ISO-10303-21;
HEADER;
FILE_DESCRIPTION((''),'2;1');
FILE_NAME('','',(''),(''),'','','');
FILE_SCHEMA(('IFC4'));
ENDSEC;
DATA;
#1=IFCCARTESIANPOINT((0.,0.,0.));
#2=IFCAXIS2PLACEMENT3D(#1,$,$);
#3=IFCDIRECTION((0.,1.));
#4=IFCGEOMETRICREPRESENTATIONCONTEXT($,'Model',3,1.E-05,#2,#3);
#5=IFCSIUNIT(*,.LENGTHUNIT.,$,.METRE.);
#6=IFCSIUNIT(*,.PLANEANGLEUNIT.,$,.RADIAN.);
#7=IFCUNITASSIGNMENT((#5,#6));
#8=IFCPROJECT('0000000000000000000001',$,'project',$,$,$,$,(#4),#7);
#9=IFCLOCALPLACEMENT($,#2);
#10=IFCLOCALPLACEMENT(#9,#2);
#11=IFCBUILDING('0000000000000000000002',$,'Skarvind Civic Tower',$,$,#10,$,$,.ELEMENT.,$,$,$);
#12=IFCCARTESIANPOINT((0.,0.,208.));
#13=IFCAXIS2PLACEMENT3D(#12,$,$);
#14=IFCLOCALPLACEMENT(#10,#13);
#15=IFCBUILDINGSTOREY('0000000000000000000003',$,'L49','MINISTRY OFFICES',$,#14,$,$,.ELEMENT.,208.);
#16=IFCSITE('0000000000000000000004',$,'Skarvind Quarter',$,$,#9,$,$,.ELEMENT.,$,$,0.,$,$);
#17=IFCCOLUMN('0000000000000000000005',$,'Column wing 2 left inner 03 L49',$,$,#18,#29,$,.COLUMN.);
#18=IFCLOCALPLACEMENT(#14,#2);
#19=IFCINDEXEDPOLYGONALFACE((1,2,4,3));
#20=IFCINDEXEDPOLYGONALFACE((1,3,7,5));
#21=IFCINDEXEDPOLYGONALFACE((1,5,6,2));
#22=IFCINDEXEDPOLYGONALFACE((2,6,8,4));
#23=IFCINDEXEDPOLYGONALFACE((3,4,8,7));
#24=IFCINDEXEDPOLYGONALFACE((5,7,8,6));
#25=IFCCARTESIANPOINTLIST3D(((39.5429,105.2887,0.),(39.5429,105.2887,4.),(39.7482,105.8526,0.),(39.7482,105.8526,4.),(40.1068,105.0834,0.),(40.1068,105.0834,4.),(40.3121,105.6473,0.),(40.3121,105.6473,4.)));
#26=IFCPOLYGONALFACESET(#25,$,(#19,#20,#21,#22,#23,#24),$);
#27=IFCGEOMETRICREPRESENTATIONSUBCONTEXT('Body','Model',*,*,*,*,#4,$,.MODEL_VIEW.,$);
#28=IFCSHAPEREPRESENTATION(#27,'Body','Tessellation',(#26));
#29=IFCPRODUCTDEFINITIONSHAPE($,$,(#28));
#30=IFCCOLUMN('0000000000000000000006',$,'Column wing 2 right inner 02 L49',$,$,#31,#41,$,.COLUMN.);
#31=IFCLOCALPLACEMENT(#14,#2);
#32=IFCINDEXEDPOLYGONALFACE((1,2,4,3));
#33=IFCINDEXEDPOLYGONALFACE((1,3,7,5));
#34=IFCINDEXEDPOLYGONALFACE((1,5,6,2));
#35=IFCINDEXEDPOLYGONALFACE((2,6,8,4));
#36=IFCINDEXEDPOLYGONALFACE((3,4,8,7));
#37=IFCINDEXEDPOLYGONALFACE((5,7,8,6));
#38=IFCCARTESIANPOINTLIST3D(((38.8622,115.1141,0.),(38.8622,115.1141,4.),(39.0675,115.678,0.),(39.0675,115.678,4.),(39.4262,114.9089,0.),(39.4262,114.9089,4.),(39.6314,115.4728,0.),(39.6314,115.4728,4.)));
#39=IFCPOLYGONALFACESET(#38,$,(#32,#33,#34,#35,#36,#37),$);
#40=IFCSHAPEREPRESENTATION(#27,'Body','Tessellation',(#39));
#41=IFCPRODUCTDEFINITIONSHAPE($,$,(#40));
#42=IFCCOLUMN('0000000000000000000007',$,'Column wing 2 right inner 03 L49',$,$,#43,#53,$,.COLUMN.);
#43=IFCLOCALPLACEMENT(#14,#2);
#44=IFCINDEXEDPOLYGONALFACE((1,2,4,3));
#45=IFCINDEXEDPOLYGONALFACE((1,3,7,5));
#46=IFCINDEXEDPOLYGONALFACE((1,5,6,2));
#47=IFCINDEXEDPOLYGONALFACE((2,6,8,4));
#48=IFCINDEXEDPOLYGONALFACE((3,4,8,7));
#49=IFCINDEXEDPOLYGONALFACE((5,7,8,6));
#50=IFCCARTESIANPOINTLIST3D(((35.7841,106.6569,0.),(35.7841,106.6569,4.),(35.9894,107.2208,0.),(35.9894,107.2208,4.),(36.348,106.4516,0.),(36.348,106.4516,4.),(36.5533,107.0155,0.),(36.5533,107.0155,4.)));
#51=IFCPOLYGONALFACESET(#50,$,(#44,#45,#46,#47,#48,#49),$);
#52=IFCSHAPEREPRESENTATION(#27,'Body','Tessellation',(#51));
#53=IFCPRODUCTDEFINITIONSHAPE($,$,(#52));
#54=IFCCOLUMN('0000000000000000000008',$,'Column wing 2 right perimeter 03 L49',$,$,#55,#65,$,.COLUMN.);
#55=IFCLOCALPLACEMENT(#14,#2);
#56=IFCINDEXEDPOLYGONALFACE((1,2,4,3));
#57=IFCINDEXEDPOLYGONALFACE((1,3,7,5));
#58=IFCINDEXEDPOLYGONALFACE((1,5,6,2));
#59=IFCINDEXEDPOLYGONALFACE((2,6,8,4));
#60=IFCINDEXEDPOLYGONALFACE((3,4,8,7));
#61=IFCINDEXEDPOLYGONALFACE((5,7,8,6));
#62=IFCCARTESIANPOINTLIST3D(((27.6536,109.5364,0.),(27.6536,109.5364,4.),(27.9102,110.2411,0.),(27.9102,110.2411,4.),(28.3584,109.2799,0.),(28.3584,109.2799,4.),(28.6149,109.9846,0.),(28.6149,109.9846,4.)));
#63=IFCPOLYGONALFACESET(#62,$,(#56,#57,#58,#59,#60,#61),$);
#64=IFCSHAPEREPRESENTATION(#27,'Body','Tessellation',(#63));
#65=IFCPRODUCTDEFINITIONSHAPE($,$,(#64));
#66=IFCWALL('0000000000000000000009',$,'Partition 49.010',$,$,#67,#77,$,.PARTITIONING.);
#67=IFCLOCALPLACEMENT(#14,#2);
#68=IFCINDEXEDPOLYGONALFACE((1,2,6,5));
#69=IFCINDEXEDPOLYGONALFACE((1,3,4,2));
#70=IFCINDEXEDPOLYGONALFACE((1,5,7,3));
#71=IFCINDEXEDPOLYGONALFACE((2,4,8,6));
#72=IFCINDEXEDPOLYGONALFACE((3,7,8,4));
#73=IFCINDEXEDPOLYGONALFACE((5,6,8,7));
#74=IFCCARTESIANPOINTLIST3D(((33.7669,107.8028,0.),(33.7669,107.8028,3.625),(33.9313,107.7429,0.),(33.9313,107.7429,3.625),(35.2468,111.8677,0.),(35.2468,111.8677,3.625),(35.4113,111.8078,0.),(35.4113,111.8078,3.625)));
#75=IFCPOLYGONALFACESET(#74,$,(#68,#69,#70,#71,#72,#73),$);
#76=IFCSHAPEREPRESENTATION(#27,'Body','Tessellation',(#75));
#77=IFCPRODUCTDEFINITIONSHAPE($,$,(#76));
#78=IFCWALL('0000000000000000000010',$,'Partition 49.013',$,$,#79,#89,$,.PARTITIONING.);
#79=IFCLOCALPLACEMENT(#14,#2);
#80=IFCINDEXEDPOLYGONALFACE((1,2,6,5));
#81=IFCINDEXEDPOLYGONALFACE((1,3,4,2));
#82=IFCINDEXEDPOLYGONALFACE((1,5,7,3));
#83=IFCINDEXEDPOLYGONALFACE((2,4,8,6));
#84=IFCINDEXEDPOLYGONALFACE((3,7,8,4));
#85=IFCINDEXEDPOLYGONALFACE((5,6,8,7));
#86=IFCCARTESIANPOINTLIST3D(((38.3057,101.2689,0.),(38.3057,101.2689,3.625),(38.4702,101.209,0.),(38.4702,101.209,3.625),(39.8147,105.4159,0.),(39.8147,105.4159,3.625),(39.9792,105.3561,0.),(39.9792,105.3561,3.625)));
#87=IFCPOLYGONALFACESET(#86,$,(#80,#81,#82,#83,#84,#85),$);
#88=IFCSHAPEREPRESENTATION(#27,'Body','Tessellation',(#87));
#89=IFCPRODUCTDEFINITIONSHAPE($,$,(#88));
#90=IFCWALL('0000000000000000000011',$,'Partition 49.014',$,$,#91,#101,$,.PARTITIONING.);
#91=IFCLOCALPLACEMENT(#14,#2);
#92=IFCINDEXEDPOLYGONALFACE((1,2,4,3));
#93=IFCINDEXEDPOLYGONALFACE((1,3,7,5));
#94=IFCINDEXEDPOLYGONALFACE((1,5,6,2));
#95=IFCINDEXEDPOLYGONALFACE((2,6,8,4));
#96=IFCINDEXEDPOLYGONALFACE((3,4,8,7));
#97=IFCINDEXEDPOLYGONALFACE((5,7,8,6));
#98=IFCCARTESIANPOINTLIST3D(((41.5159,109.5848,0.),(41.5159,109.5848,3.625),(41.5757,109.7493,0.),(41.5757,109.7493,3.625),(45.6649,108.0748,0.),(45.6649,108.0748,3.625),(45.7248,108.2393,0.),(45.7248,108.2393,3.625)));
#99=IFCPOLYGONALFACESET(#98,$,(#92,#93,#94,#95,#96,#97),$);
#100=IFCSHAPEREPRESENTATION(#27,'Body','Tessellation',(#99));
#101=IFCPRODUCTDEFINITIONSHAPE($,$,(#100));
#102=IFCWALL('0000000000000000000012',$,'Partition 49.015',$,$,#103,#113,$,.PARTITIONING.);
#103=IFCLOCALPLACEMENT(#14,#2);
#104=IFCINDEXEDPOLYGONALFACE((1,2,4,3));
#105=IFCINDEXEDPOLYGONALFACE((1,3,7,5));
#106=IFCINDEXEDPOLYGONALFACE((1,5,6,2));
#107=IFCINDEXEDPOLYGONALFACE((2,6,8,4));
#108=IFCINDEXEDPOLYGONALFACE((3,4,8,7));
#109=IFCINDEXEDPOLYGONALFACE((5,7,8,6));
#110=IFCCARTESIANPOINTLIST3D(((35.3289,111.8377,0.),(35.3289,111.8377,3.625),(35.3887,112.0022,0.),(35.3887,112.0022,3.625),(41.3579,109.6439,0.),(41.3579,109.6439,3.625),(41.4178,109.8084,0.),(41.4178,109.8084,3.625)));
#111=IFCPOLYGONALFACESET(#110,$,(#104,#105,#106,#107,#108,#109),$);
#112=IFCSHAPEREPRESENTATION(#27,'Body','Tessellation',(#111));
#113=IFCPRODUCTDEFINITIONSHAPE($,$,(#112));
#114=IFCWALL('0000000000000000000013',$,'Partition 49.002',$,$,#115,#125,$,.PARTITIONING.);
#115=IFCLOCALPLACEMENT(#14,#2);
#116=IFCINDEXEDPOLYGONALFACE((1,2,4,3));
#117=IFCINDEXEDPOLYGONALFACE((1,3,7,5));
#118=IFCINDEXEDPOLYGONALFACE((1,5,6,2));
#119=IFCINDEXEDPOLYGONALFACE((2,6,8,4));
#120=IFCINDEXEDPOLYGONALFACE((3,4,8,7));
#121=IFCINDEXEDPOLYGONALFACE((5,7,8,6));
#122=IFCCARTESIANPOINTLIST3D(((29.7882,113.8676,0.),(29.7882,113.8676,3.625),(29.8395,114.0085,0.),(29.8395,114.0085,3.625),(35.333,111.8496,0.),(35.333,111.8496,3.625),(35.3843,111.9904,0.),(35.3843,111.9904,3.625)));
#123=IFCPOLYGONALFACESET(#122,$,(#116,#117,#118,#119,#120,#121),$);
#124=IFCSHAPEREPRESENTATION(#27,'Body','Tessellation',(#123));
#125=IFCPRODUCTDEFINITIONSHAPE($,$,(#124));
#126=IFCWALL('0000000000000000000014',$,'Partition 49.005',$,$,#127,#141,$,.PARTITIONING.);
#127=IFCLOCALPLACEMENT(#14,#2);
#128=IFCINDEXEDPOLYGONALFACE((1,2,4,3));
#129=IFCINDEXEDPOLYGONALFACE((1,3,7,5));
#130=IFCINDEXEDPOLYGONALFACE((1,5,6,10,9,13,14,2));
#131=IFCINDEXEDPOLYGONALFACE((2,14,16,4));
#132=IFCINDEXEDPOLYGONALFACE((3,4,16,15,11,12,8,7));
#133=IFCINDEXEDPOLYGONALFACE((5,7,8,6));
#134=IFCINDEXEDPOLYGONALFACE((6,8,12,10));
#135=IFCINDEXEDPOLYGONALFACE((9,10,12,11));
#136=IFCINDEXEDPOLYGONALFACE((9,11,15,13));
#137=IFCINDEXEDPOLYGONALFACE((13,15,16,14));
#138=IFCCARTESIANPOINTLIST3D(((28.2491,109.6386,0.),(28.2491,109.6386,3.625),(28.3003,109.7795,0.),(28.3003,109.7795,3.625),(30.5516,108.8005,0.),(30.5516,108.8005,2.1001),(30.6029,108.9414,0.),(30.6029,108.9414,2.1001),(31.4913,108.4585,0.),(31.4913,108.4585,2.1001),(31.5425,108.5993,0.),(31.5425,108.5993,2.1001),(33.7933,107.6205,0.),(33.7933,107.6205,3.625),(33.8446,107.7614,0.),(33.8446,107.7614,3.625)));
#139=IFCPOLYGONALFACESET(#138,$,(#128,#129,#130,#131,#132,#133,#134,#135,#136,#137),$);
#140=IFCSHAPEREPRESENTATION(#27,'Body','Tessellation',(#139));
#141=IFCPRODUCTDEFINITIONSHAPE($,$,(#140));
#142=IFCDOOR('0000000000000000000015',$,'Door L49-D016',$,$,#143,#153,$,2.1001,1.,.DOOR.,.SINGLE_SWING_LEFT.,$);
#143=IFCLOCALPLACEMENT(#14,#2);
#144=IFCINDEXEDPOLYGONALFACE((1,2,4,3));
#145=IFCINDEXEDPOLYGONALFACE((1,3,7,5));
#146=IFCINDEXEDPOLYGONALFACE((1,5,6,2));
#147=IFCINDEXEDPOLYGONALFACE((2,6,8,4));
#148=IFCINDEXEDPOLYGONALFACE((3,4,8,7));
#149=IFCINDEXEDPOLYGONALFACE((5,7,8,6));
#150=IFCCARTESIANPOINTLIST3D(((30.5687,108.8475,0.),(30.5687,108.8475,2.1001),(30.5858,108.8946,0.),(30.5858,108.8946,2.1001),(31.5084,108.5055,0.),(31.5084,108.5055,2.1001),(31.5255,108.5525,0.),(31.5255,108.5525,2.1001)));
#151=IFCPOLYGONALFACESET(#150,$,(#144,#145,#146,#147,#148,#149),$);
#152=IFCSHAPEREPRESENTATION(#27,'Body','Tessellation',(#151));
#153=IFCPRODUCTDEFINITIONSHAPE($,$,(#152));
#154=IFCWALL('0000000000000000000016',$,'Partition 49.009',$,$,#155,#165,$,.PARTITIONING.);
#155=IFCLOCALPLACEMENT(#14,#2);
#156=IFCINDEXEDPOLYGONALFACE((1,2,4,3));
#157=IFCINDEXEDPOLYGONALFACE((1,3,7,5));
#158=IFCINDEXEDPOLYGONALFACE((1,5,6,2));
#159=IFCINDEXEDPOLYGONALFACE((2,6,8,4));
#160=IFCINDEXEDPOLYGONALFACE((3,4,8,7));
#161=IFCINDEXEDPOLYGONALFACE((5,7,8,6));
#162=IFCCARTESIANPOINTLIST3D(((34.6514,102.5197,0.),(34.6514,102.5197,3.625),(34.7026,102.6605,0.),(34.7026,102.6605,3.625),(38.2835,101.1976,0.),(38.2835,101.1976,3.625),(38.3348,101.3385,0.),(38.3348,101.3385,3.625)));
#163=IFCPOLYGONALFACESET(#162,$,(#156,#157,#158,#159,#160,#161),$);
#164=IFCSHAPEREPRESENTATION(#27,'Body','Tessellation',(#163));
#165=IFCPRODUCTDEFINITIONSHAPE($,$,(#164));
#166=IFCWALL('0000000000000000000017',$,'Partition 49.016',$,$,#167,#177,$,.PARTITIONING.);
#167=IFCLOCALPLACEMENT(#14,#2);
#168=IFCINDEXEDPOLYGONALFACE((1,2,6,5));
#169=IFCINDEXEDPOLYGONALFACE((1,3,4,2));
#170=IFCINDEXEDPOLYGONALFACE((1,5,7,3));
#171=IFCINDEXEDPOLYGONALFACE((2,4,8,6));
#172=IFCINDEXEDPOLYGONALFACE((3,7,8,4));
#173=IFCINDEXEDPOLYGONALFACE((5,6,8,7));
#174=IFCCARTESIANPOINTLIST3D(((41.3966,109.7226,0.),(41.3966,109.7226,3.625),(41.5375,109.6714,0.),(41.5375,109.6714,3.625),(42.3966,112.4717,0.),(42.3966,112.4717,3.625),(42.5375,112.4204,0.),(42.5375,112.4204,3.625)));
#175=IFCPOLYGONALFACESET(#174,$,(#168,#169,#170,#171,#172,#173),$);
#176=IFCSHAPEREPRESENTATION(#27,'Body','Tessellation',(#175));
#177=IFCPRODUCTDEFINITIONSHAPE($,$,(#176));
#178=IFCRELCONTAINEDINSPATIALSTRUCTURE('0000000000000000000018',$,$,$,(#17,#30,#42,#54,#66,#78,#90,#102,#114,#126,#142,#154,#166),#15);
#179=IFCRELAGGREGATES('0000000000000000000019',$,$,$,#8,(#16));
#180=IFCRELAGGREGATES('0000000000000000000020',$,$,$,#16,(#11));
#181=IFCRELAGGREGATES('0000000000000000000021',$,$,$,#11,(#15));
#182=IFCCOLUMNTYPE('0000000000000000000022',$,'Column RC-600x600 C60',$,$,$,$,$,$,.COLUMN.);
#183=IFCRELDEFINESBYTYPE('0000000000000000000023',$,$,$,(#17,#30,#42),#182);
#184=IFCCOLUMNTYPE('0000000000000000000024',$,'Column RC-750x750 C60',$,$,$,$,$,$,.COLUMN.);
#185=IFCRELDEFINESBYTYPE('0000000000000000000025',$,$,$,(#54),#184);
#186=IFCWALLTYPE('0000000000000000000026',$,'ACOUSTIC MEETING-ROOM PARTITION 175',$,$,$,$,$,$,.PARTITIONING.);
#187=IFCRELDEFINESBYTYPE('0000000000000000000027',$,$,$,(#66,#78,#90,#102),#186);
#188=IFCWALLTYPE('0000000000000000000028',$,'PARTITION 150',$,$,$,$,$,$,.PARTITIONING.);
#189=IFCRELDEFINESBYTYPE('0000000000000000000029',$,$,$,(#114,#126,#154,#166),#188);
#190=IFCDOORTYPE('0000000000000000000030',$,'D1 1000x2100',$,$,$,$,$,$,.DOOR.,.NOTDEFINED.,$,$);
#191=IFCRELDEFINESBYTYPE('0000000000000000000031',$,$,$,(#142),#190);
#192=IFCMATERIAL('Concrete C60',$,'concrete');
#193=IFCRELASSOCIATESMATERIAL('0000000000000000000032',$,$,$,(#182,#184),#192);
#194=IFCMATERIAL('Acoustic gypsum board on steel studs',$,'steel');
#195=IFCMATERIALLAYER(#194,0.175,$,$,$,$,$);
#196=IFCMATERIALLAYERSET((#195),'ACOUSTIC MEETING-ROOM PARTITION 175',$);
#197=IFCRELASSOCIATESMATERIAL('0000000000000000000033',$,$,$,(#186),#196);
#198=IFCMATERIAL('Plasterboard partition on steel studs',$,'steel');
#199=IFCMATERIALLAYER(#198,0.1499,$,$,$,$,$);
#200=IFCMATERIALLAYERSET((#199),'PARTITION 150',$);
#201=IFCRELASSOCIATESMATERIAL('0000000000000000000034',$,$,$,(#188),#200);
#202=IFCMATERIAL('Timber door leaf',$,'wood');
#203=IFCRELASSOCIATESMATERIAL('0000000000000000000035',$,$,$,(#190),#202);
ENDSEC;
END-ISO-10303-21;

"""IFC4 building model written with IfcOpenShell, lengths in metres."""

from ifc_helpers import new_model, si_unit, direction, frame, frame_2d, origin, origin_2d, place, context, subcontext, project, spatial, rectangle, extrude, material, layer, layer_set, material_profile, profile_set, type_object, element, fill, save


model = new_model("IFC4")

# Units and contexts
model_context = context("Model", 3, precision=1e-05, world=origin(), true_north=direction((0.0, 1.0)))
body_context = subcontext(model_context, "Body", "Model", "MODEL_VIEW")
ifc_project = project(units=[si_unit("LENGTHUNIT", "METRE"), si_unit("PLANEANGLEUNIT", "RADIAN")], contexts=[model_context])

# Site, building, storey
site_placement = place(None, origin())
site = spatial("IfcSite", under=ifc_project, at=site_placement, Name="Skarvind Quarter", CompositionType="ELEMENT", RefElevation=0.0)
building_placement = place(site_placement, origin())
building = spatial("IfcBuilding", under=site, at=building_placement, Name="Skarvind Civic Tower", CompositionType="ELEMENT")
storey_placement = place(building_placement, frame((0.0, 0.0, 208.0)))
storey = spatial("IfcBuildingStorey", under=building, at=storey_placement, Name="L49", Description="MINISTRY OFFICES", CompositionType="ELEMENT", Elevation=208.0)

# Columns
ifc_material_1 = material(Name="Concrete C60", Category="concrete")
ifc_material_profile_1 = material_profile(ifc_material_1, rectangle(XDim=0.6001, YDim=0.6001, at=origin_2d()), Name="RC-600x600")
ifc_profile_set_1 = profile_set([ifc_material_profile_1], Name="Concrete C60")
column_type_1 = type_object("IfcColumnType", Name="Column RC-600x600 C60", PredefinedType="COLUMN", material=ifc_profile_set_1)
for number, where, z_axis, x_axis, name in (
    (1, (39.9275, 105.468, 0.0), (0.0, 0.0, 1.0), (-0.34202, -0.939693, 0.0), "Column wing 2 left inner 03 L49"),
    (2, (39.2468, 115.2935, 0.0), (0.0, 0.0, 1.0), (-0.34202, -0.939693, 0.0), "Column wing 2 right inner 02 L49"),
    (3, (36.1687, 106.8362, 0.0), (0.0, 0.0, 1.0), (-0.34202, -0.939693, 0.0), "Column wing 2 right inner 03 L49"),
):
    element("IfcColumn", number, at=place(storey_placement, frame(where, z_axis=z_axis, x_axis=x_axis)), inside=storey, type_object=column_type_1, Name=name, PredefinedType="COLUMN", context=body_context, shape_type="SweptSolid", body=[
        extrude(rectangle(XDim=0.6001, YDim=0.6001, at=origin_2d()), origin(), (0.0, 0.0, 1.0), 4.0),
    ])
ifc_material_profile_2 = material_profile(ifc_material_1, rectangle(XDim=0.75, YDim=0.75, at=origin_2d()), Name="RC-750x750")
ifc_profile_set_2 = profile_set([ifc_material_profile_2], Name="Concrete C60")
column_type_2 = type_object("IfcColumnType", Name="Column RC-750x750 C60", PredefinedType="COLUMN", material=ifc_profile_set_2)
column_placement = place(storey_placement, frame((28.1343, 109.7605, 0.0), z_axis=(0.0, 0.0, 1.0), x_axis=(-0.34202, -0.939693, 0.0)))
element("IfcColumn", 4, at=column_placement, inside=storey, type_object=column_type_2, Name="Column wing 2 right perimeter 03 L49", PredefinedType="COLUMN", context=body_context, shape_type="SweptSolid", body=[
    extrude(rectangle(XDim=0.75, YDim=0.75, at=origin_2d()), origin(), (0.0, 0.0, 1.0), 4.0),
])

# Walls
ifc_material_2 = material(Name="Acoustic gypsum board on steel studs", Category="steel")
ifc_layer_1 = layer(ifc_material_2, 0.175)
ifc_layer_set_1 = layer_set([ifc_layer_1], Name="ACOUSTIC MEETING-ROOM PARTITION 175")
wall_type_1 = type_object("IfcWallType", Name="ACOUSTIC MEETING-ROOM PARTITION 175", PredefinedType="PARTITIONING", material=ifc_layer_set_1)
wall_1_placement = place(storey_placement, frame((35.3291, 111.8379, 0.0), z_axis=(0.0, 0.0, 1.0), x_axis=(-0.342115, -0.939658, 0.0)))
element("IfcWall", 5, at=wall_1_placement, inside=storey, type_object=wall_type_1, Name="Partition 49.010", PredefinedType="PARTITIONING", context=body_context, shape_type="SweptSolid", body=[
    extrude(rectangle(XDim=4.3259, YDim=0.175, at=frame_2d((2.1631, 0.0))), origin(), (0.0, 0.0, 1.0), 3.625),
])
wall_2_placement = place(storey_placement, frame((39.897, 105.386, 0.0), z_axis=(0.0, 0.0, 1.0), x_axis=(-0.341952, -0.939717, 0.0)))
element("IfcWall", 6, at=wall_2_placement, inside=storey, type_object=wall_type_1, Name="Partition 49.013", PredefinedType="PARTITIONING", context=body_context, shape_type="SweptSolid", body=[
    extrude(rectangle(XDim=4.4131, YDim=0.175, at=frame_2d((2.2065, 0.0))), origin(), (0.0, 0.0, 1.0), 3.625),
])
wall_3_placement = place(storey_placement, frame((41.5459, 109.667, 0.0), z_axis=(0.0, 0.0, 1.0), x_axis=(0.939705, -0.341987, 0.0)))
element("IfcWall", 7, at=wall_3_placement, inside=storey, type_object=wall_type_1, Name="Partition 49.014", PredefinedType="PARTITIONING", context=body_context, shape_type="SweptSolid", body=[
    extrude(rectangle(XDim=4.4153, YDim=0.175, at=frame_2d((2.2075, 0.0))), origin(), (0.0, 0.0, 1.0), 3.625),
])
wall_4_placement = place(storey_placement, frame((41.3879, 109.7261, 0.0), z_axis=(0.0, 0.0, 1.0), x_axis=(-0.93972, 0.341945, 0.0)))
element("IfcWall", 8, at=wall_4_placement, inside=storey, type_object=wall_type_1, Name="Partition 49.015", PredefinedType="PARTITIONING", context=body_context, shape_type="SweptSolid", body=[
    extrude(rectangle(XDim=6.4158, YDim=0.175, at=frame_2d((3.208, 0.0))), origin(), (0.0, 0.0, 1.0), 3.625),
])
ifc_material_3 = material(Name="Plasterboard partition on steel studs", Category="steel")
ifc_layer_2 = layer(ifc_material_3, 0.1499)
ifc_layer_set_2 = layer_set([ifc_layer_2], Name="PARTITION 150")
wall_type_2 = type_object("IfcWallType", Name="PARTITION 150", PredefinedType="PARTITIONING", material=ifc_layer_set_2)
wall_5_placement = place(storey_placement, frame((29.814, 113.938, 0.0), z_axis=(0.0, 0.0, 1.0), x_axis=(0.939699, -0.342002, 0.0)))
element("IfcWall", 9, at=wall_5_placement, inside=storey, type_object=wall_type_2, Name="Partition 49.002", PredefinedType="PARTITIONING", context=body_context, shape_type="SweptSolid", body=[
    extrude(rectangle(XDim=5.9006, YDim=0.1499, at=frame_2d((2.9502, 0.0))), origin(), (0.0, 0.0, 1.0), 3.625),
])

# Wall, opening, door
wall_6_placement = place(storey_placement, frame((33.8191, 107.6909, 0.0), z_axis=(0.0, 0.0, 1.0), x_axis=(-0.939685, 0.342042, 0.0)))
wall_6 = element("IfcWall", 10, at=wall_6_placement, inside=storey, type_object=wall_type_2, Name="Partition 49.005", PredefinedType="PARTITIONING", context=body_context, shape_type="SweptSolid", body=[
    extrude(rectangle(XDim=5.9001, YDim=0.1499, at=frame_2d((2.9502, 0.0))), origin(), (0.0, 0.0, 1.0), 3.625),
])
opening_placement = place(wall_6_placement, frame((2.45, 0.0, 0.0)))
opening = element("IfcOpeningElement", 11, at=opening_placement, cuts=wall_6, PredefinedType="OPENING", context=body_context, shape_type="SweptSolid", body=[
    extrude(rectangle(XDim=1.0, YDim=2.1001, at=frame_2d((0.5, 1.05))), frame((0.0, 0.085, 0.0), z_axis=(0.0, -1.0, 0.0), x_axis=(1.0, 0.0, 0.0)), (0.0, 0.0, 1.0), 0.1699),
])
ifc_material_4 = material(Name="Timber door leaf", Category="wood")
door_type = type_object("IfcDoorType", Name="D1 1000x2100", OperationType="NOTDEFINED", PredefinedType="DOOR", material=ifc_material_4)
door_placement = place(opening_placement, origin())
door = element("IfcDoor", 12, at=door_placement, inside=storey, type_object=door_type, Name="Door L49-D016", OperationType="SINGLE_SWING_LEFT", OverallHeight=2.1001, OverallWidth=1.0, PredefinedType="DOOR", context=body_context, shape_type="SweptSolid", body=[
    extrude(rectangle(XDim=1.0, YDim=2.1001, at=frame_2d((0.5, 1.05))), frame((0.0, 0.0249, 0.0), z_axis=(0.0, -1.0, 0.0), x_axis=(1.0, 0.0, 0.0)), (0.0, 0.0, 1.0), 0.05),
])
fill(opening, door)

# Walls
wall_7_placement = place(storey_placement, frame((34.677, 102.5901, 0.0), z_axis=(0.0, 0.0, 1.0), x_axis=(0.939688, -0.342032, 0.0)))
element("IfcWall", 13, at=wall_7_placement, inside=storey, type_object=wall_type_2, Name="Partition 49.009", PredefinedType="PARTITIONING", context=body_context, shape_type="SweptSolid", body=[
    extrude(rectangle(XDim=3.8652, YDim=0.1499, at=frame_2d((1.9326, 0.0))), origin(), (0.0, 0.0, 1.0), 3.625),
])
wall_8_placement = place(storey_placement, frame((42.467, 112.446, 0.0), z_axis=(0.0, 0.0, 1.0), x_axis=(-0.34185, -0.939754, 0.0)))
element("IfcWall", 14, at=wall_8_placement, inside=storey, type_object=wall_type_2, Name="Partition 49.016", PredefinedType="PARTITIONING", context=body_context, shape_type="SweptSolid", body=[
    extrude(rectangle(XDim=2.9253, YDim=0.1499, at=frame_2d((1.4626, 0.0))), origin(), (0.0, 0.0, 1.0), 3.625),
])

save(model, "model.ifc")
